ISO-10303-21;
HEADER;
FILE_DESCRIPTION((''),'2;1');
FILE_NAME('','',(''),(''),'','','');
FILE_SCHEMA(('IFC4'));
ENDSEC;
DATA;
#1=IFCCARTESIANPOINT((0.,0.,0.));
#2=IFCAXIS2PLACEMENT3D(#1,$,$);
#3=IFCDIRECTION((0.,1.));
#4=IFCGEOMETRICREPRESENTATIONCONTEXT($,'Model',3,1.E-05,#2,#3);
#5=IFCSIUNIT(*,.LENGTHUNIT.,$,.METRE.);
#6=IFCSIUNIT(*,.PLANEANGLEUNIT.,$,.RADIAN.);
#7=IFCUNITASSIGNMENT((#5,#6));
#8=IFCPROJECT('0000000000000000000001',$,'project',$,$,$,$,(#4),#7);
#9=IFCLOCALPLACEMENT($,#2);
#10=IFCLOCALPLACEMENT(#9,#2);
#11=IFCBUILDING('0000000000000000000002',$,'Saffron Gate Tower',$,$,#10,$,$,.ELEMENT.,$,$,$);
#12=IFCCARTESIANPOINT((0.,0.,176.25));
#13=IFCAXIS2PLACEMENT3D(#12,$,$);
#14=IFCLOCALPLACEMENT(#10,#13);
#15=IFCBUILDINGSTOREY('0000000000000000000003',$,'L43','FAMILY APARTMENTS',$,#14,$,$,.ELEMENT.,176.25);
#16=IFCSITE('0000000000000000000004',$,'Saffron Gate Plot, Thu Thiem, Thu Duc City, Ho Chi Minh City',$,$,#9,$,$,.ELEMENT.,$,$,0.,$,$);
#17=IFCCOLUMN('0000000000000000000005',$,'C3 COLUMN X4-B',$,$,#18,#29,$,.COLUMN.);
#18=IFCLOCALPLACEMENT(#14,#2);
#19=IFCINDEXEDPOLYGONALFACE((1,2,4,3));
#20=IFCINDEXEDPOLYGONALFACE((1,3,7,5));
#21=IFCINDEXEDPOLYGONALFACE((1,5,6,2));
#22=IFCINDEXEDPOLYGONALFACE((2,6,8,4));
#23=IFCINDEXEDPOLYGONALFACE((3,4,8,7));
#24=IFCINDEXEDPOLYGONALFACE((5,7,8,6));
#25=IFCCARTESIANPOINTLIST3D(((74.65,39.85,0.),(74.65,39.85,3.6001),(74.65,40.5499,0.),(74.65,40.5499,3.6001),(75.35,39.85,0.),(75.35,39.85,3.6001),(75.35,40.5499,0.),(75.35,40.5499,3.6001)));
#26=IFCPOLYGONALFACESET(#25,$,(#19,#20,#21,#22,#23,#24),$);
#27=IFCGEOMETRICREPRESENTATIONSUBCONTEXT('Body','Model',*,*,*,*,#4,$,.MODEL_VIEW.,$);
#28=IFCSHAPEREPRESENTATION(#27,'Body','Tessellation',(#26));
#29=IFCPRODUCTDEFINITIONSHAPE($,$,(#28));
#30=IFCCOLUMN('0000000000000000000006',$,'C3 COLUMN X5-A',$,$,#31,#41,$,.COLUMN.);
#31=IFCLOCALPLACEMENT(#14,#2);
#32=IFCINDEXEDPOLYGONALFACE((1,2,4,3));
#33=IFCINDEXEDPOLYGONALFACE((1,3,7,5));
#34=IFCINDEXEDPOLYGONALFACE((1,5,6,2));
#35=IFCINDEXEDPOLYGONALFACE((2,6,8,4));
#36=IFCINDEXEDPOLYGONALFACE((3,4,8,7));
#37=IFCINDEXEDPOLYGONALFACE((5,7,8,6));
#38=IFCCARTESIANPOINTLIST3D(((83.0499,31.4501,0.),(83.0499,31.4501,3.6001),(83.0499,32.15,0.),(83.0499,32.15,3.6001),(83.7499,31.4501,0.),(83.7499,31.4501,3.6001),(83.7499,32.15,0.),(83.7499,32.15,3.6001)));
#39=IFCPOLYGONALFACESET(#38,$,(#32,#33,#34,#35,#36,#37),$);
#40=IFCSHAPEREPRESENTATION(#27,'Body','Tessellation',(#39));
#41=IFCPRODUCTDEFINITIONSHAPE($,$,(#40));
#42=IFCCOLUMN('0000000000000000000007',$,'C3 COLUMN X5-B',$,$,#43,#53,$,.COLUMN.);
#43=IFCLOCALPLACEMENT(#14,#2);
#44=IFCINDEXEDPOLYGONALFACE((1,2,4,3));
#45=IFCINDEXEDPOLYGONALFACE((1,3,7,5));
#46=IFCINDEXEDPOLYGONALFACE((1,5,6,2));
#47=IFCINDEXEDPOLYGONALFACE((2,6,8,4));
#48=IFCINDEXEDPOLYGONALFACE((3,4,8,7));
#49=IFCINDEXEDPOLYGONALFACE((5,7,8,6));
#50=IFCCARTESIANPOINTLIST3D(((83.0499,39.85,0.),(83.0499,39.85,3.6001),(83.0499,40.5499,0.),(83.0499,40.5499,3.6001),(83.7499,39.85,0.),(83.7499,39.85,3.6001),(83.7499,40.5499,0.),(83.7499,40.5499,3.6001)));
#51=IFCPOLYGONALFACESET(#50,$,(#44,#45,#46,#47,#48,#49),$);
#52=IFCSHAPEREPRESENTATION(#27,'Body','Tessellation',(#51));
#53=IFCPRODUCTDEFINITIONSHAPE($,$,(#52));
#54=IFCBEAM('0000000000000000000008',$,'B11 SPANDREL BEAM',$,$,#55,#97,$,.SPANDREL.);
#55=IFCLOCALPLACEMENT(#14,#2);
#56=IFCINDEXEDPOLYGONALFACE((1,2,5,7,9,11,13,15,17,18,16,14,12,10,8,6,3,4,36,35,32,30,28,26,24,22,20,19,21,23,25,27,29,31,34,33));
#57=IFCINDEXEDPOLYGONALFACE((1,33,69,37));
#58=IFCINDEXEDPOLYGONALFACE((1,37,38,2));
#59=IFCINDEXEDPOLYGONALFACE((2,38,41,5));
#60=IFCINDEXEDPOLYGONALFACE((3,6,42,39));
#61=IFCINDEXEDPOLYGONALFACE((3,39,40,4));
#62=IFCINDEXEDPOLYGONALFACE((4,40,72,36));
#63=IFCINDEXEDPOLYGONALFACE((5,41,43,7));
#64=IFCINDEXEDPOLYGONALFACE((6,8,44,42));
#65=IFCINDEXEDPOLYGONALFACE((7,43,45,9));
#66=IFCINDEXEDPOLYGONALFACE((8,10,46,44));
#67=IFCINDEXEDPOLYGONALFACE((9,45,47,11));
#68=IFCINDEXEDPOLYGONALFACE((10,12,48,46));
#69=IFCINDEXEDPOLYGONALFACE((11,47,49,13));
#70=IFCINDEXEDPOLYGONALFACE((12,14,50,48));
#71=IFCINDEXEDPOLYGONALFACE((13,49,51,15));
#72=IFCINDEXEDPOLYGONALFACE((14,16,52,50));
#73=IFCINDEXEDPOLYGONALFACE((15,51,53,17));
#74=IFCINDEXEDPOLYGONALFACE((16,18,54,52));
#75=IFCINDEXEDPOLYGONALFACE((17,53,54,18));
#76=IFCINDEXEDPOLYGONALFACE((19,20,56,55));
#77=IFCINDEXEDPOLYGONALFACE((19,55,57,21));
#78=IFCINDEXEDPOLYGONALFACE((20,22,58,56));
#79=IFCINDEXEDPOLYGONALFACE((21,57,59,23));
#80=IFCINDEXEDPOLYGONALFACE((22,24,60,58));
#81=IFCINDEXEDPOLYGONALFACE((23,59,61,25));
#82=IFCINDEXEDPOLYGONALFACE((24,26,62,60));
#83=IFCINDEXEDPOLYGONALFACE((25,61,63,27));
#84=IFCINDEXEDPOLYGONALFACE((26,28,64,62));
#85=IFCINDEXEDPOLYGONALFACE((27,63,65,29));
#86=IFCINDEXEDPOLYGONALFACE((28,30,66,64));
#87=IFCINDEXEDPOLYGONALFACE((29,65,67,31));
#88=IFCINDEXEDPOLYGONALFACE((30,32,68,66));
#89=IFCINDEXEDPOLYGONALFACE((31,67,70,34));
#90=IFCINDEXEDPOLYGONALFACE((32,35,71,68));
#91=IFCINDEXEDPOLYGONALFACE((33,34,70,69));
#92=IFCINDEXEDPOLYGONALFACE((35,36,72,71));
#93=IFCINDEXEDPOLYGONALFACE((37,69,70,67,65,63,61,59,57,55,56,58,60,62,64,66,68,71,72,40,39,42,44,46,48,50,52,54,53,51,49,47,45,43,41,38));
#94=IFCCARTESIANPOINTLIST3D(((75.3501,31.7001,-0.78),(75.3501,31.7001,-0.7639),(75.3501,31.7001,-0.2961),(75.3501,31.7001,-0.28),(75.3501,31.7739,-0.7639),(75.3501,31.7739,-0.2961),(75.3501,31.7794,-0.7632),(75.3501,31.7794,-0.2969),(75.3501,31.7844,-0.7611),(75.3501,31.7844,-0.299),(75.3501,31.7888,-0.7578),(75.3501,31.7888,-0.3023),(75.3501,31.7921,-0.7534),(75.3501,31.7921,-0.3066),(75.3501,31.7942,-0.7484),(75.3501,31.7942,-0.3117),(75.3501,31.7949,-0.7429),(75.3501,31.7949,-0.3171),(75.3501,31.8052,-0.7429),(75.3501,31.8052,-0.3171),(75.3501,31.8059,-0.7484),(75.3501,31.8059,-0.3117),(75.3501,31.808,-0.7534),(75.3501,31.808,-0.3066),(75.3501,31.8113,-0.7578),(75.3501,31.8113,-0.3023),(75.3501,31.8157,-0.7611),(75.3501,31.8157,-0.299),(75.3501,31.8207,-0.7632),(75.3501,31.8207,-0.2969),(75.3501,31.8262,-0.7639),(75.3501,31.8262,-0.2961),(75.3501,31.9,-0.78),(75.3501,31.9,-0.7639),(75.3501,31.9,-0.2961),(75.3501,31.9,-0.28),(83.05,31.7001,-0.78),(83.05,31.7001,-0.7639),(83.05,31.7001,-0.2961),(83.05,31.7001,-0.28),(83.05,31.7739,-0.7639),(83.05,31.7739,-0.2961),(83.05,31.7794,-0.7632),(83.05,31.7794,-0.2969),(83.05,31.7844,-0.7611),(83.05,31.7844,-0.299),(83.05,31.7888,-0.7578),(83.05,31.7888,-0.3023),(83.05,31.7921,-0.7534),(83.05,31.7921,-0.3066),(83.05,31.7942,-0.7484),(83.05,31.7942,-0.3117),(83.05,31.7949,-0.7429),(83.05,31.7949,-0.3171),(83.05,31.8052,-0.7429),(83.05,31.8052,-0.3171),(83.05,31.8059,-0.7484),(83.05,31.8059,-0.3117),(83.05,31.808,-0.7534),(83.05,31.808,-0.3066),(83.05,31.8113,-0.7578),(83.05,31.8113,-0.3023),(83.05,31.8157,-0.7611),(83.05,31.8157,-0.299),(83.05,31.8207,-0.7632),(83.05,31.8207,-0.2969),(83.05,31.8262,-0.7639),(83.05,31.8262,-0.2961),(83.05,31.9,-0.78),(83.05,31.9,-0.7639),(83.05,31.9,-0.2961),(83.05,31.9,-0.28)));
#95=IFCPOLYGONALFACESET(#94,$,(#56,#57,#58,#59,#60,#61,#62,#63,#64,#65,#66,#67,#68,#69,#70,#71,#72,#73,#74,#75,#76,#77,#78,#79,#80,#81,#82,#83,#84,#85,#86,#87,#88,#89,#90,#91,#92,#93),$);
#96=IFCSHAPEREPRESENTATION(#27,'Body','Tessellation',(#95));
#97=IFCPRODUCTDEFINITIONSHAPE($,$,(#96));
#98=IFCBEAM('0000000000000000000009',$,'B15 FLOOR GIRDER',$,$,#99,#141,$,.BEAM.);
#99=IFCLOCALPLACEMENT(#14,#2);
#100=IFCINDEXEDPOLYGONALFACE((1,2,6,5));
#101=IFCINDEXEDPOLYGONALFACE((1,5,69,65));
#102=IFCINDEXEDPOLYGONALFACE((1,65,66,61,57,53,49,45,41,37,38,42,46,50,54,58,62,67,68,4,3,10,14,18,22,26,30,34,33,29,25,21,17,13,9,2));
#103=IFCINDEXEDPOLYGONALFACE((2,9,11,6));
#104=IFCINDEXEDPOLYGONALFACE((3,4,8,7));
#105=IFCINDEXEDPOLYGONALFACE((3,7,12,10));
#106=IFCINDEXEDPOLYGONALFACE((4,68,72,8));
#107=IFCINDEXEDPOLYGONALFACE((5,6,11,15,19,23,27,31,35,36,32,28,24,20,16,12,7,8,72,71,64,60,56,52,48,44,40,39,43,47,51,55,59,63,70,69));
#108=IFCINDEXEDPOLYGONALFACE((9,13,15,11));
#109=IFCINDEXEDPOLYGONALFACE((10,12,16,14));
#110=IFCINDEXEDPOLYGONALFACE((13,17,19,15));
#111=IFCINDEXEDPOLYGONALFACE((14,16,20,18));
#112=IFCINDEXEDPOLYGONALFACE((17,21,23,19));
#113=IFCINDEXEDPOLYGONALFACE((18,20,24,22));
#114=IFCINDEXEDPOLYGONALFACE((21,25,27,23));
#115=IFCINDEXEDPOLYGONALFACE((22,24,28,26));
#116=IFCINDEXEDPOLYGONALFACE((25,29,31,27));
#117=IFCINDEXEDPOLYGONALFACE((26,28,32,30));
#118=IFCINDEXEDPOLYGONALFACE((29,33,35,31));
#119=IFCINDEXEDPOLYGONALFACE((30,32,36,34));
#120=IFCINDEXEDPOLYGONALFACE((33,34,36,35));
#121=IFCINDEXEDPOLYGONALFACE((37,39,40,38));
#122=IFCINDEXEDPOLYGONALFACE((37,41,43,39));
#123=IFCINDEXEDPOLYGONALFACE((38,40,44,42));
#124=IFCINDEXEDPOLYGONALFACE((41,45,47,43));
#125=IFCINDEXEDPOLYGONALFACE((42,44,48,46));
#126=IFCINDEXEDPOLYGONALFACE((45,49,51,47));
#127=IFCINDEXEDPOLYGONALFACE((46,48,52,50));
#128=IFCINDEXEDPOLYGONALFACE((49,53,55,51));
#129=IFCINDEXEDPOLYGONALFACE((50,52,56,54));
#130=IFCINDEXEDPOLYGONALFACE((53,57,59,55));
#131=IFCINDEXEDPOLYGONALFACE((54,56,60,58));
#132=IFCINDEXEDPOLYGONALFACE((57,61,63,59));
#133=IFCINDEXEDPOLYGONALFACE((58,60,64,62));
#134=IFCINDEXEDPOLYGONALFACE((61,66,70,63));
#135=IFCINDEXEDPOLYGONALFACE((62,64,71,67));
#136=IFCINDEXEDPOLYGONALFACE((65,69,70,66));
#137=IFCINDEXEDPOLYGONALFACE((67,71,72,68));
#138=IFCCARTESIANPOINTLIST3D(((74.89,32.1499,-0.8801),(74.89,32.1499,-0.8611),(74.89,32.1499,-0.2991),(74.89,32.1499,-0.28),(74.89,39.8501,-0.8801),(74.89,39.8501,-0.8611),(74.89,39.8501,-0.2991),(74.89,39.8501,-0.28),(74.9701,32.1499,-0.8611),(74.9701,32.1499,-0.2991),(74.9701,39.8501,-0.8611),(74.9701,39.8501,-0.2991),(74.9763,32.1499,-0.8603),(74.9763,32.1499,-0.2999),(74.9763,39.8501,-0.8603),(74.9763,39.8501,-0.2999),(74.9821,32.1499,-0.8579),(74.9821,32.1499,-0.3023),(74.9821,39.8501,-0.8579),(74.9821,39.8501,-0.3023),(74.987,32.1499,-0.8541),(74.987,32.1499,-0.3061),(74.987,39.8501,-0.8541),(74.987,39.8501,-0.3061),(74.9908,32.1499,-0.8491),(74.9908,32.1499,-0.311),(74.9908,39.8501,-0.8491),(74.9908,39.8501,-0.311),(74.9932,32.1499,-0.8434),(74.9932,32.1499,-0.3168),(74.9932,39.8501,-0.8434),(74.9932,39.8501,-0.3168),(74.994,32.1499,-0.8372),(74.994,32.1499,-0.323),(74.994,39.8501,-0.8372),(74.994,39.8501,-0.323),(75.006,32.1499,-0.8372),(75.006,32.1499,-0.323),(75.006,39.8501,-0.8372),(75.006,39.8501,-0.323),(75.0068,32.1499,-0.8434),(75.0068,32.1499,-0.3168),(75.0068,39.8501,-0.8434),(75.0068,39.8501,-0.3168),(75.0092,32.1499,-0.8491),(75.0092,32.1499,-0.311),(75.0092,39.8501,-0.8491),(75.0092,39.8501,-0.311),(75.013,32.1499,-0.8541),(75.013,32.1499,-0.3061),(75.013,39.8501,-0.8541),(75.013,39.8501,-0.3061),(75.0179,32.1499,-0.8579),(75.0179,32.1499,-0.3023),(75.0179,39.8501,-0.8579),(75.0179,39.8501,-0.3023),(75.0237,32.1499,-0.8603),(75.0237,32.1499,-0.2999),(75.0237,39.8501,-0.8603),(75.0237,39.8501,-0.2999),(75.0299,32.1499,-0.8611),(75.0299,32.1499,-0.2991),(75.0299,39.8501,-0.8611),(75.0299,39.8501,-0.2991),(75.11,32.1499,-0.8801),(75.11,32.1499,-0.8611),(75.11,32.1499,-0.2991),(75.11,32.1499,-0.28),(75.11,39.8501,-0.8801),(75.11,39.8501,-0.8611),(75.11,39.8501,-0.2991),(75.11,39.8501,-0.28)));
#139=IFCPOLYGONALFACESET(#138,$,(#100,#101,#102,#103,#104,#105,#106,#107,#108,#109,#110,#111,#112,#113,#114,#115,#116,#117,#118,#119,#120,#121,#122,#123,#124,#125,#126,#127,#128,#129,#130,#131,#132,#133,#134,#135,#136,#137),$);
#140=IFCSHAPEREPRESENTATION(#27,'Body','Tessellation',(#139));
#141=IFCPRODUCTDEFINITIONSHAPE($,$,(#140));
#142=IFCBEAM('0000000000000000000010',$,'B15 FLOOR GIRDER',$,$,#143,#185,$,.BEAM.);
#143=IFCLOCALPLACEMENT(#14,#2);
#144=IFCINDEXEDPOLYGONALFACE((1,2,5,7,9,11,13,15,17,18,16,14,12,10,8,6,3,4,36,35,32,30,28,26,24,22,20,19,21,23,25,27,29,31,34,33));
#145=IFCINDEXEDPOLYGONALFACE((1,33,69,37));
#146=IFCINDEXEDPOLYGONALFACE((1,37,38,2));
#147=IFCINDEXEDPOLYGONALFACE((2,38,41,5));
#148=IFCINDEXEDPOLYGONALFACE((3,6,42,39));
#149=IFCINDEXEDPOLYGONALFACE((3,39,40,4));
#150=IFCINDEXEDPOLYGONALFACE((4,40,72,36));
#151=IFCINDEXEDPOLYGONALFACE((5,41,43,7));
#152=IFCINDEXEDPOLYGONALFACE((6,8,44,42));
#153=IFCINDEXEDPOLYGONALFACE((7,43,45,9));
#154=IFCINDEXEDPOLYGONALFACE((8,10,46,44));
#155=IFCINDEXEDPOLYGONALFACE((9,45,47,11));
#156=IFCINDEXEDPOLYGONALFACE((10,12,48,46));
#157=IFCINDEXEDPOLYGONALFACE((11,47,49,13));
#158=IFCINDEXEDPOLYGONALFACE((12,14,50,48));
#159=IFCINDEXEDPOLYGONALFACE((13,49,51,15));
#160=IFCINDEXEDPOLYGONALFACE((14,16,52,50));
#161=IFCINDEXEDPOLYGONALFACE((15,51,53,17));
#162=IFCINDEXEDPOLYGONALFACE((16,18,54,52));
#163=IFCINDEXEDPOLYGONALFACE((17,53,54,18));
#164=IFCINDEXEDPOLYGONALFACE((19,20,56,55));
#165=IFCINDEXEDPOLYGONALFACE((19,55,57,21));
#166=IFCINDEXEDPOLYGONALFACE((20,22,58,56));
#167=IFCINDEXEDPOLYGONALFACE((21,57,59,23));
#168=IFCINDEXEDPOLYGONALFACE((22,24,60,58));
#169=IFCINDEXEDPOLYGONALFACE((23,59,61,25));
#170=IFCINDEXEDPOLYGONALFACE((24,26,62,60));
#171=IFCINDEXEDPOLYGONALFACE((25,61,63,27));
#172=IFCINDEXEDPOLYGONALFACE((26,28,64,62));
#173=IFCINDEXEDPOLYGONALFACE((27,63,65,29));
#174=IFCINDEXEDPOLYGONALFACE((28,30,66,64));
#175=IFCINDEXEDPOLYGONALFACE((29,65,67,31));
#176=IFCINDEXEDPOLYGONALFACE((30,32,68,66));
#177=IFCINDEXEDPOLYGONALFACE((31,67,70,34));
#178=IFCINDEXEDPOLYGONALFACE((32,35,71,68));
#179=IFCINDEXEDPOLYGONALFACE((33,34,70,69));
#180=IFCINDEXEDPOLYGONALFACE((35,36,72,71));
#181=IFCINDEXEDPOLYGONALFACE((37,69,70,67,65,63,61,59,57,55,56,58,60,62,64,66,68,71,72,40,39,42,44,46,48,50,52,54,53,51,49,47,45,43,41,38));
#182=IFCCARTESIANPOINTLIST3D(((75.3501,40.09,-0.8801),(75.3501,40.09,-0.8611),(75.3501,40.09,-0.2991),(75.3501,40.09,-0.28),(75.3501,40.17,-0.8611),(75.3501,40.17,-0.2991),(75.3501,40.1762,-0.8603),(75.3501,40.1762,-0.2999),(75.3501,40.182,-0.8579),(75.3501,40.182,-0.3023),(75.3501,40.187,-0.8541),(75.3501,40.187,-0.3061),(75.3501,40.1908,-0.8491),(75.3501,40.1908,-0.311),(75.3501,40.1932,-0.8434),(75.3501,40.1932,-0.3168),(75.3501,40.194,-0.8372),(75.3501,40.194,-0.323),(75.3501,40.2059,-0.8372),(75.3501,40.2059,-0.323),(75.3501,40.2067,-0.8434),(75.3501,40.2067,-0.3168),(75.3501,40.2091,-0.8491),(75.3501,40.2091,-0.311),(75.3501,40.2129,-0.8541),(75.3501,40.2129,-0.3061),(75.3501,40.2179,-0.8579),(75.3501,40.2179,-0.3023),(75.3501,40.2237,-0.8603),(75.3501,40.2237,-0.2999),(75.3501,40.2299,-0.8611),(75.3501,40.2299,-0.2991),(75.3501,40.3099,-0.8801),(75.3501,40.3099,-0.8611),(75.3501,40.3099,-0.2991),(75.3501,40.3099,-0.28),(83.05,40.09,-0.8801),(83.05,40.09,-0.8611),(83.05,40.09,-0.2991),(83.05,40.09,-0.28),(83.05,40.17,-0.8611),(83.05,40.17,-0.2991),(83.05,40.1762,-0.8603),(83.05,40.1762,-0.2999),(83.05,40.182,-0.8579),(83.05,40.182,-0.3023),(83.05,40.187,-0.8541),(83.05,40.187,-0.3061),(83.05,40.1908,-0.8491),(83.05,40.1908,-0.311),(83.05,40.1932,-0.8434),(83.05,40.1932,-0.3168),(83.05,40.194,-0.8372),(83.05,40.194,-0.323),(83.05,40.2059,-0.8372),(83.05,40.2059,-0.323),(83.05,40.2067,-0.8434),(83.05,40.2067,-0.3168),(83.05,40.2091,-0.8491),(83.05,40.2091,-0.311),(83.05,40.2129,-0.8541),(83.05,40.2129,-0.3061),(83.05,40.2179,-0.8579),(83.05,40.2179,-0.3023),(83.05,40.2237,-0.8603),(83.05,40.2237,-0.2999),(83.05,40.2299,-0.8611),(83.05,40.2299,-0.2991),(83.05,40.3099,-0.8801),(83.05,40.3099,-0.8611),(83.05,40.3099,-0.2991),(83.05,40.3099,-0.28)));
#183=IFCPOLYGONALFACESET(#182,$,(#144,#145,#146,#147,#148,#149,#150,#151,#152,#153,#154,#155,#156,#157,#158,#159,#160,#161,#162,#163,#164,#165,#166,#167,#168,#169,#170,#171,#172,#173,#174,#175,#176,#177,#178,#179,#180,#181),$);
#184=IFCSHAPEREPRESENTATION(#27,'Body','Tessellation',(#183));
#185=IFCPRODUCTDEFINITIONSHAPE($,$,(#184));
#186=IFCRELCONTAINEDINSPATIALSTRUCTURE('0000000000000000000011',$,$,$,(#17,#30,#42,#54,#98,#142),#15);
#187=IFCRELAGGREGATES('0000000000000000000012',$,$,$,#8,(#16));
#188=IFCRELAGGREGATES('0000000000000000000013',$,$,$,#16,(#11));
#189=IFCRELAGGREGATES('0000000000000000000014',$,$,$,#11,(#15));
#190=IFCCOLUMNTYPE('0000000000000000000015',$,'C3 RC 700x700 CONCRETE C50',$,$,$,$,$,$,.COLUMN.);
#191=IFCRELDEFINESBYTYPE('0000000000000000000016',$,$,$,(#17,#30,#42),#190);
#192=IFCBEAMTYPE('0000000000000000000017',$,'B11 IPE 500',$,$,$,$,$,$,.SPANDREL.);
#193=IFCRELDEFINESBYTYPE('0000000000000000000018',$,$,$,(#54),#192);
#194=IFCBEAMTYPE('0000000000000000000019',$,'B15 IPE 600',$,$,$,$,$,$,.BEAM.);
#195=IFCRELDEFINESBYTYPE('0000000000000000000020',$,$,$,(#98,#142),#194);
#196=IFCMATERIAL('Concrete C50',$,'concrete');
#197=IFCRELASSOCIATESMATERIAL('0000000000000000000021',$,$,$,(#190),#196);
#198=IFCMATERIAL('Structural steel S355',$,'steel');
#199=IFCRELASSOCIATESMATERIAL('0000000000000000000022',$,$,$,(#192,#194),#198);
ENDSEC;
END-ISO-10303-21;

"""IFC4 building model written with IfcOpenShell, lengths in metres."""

from ifc_helpers import new_model, si_unit, direction, frame, origin, origin_2d, place, context, subcontext, project, spatial, rectangle, i_section, extrude, material, material_profile, profile_set, type_object, element, save


model = new_model("IFC4")

# Units and contexts
model_context = context("Model", 3, precision=1e-05, world=origin(), true_north=direction((0.0, 1.0)))
body_context = subcontext(model_context, "Body", "Model", "MODEL_VIEW")
ifc_project = project(units=[si_unit("LENGTHUNIT", "METRE"), si_unit("PLANEANGLEUNIT", "RADIAN")], contexts=[model_context])

# Site, building, storey
site_placement = place(None, origin())
site = spatial("IfcSite", under=ifc_project, at=site_placement, Name="Saffron Gate Plot, Thu Thiem, Thu Duc City, Ho Chi Minh City", CompositionType="ELEMENT", RefElevation=0.0)
building_placement = place(site_placement, origin())
building = spatial("IfcBuilding", under=site, at=building_placement, Name="Saffron Gate Tower", CompositionType="ELEMENT")
storey_placement = place(building_placement, frame((0.0, 0.0, 176.25)))
storey = spatial("IfcBuildingStorey", under=building, at=storey_placement, Name="L43", Description="FAMILY APARTMENTS", CompositionType="ELEMENT", Elevation=176.25)

# Columns
ifc_material_1 = material(Name="Concrete C50", Category="concrete")
ifc_material_profile_1 = material_profile(ifc_material_1, rectangle(XDim=0.7, YDim=0.7, at=origin_2d()))
ifc_profile_set_1 = profile_set([ifc_material_profile_1], Name="Concrete C50")
column_type = type_object("IfcColumnType", Name="C3 RC 700x700 CONCRETE C50", PredefinedType="COLUMN", material=ifc_profile_set_1)
for number, where, z_axis, x_axis, name in (
    (1, (75.0, 40.2, 0.0), (0.0, 0.0, 1.0), (1.0, 0.0, 0.0), "C3 COLUMN X4-B"),
    (2, (83.3999, 31.8, 0.0), (0.0, 0.0, 1.0), (1.0, 0.0, 0.0), "C3 COLUMN X5-A"),
    (3, (83.3999, 40.2, 0.0), (0.0, 0.0, 1.0), (1.0, 0.0, 0.0), "C3 COLUMN X5-B"),
):
    element("IfcColumn", number, at=place(storey_placement, frame(where, z_axis=z_axis, x_axis=x_axis)), inside=storey, type_object=column_type, Name=name, PredefinedType="COLUMN", context=body_context, shape_type="SweptSolid", body=[
        extrude(rectangle(XDim=0.7, YDim=0.7, at=origin_2d()), origin(), (0.0, 0.0, 1.0), 3.6001),
    ])

# Beams
ifc_material_2 = material(Name="Structural steel S355", Category="steel")
ifc_material_profile_2 = material_profile(ifc_material_2, i_section(OverallWidth=0.2, OverallDepth=0.5, WebThickness=0.0103, FlangeThickness=0.0161, FilletRadius=0.021, at=origin_2d()))
ifc_profile_set_2 = profile_set([ifc_material_profile_2], Name="Structural steel S355")
beam_type_1 = type_object("IfcBeamType", Name="B11 IPE 500", PredefinedType="SPANDREL", material=ifc_profile_set_2)
beam_1_placement = place(storey_placement, frame((75.3501, 31.8, -0.53), z_axis=(1.0, 0.0, 0.0), x_axis=(0.0, 1.0, 0.0)))
element("IfcBeam", 4, at=beam_1_placement, inside=storey, type_object=beam_type_1, Name="B11 SPANDREL BEAM", PredefinedType="SPANDREL", context=body_context, shape_type="SweptSolid", body=[
    extrude(i_section(OverallWidth=0.2, OverallDepth=0.5, WebThickness=0.0103, FlangeThickness=0.0161, FilletRadius=0.021, at=origin_2d()), origin(), (0.0, 0.0, 1.0), 7.7),
])
ifc_material_profile_3 = material_profile(ifc_material_2, i_section(OverallWidth=0.22, OverallDepth=0.6001, WebThickness=0.012, FlangeThickness=0.019, FilletRadius=0.0239, at=origin_2d()))
ifc_profile_set_3 = profile_set([ifc_material_profile_3], Name="Structural steel S355")
beam_type_2 = type_object("IfcBeamType", Name="B15 IPE 600", PredefinedType="BEAM", material=ifc_profile_set_3)
beam_2_placement = place(storey_placement, frame((75.0, 32.1499, -0.5801), z_axis=(0.0, 1.0, 0.0), x_axis=(-1.0, 0.0, 0.0)))
element("IfcBeam", 5, at=beam_2_placement, inside=storey, type_object=beam_type_2, Name="B15 FLOOR GIRDER", PredefinedType="BEAM", context=body_context, shape_type="SweptSolid", body=[
    extrude(i_section(OverallWidth=0.22, OverallDepth=0.6001, WebThickness=0.012, FlangeThickness=0.019, FilletRadius=0.0239, at=origin_2d()), origin(), (0.0, 0.0, 1.0), 7.7002),
])
beam_3_placement = place(storey_placement, frame((75.3501, 40.2, -0.5801), z_axis=(1.0, 0.0, 0.0), x_axis=(0.0, 1.0, 0.0)))
element("IfcBeam", 6, at=beam_3_placement, inside=storey, type_object=beam_type_2, Name="B15 FLOOR GIRDER", PredefinedType="BEAM", context=body_context, shape_type="SweptSolid", body=[
    extrude(i_section(OverallWidth=0.22, OverallDepth=0.6001, WebThickness=0.012, FlangeThickness=0.019, FilletRadius=0.0239, at=origin_2d()), origin(), (0.0, 0.0, 1.0), 7.7),
])

save(model, "model.ifc")
